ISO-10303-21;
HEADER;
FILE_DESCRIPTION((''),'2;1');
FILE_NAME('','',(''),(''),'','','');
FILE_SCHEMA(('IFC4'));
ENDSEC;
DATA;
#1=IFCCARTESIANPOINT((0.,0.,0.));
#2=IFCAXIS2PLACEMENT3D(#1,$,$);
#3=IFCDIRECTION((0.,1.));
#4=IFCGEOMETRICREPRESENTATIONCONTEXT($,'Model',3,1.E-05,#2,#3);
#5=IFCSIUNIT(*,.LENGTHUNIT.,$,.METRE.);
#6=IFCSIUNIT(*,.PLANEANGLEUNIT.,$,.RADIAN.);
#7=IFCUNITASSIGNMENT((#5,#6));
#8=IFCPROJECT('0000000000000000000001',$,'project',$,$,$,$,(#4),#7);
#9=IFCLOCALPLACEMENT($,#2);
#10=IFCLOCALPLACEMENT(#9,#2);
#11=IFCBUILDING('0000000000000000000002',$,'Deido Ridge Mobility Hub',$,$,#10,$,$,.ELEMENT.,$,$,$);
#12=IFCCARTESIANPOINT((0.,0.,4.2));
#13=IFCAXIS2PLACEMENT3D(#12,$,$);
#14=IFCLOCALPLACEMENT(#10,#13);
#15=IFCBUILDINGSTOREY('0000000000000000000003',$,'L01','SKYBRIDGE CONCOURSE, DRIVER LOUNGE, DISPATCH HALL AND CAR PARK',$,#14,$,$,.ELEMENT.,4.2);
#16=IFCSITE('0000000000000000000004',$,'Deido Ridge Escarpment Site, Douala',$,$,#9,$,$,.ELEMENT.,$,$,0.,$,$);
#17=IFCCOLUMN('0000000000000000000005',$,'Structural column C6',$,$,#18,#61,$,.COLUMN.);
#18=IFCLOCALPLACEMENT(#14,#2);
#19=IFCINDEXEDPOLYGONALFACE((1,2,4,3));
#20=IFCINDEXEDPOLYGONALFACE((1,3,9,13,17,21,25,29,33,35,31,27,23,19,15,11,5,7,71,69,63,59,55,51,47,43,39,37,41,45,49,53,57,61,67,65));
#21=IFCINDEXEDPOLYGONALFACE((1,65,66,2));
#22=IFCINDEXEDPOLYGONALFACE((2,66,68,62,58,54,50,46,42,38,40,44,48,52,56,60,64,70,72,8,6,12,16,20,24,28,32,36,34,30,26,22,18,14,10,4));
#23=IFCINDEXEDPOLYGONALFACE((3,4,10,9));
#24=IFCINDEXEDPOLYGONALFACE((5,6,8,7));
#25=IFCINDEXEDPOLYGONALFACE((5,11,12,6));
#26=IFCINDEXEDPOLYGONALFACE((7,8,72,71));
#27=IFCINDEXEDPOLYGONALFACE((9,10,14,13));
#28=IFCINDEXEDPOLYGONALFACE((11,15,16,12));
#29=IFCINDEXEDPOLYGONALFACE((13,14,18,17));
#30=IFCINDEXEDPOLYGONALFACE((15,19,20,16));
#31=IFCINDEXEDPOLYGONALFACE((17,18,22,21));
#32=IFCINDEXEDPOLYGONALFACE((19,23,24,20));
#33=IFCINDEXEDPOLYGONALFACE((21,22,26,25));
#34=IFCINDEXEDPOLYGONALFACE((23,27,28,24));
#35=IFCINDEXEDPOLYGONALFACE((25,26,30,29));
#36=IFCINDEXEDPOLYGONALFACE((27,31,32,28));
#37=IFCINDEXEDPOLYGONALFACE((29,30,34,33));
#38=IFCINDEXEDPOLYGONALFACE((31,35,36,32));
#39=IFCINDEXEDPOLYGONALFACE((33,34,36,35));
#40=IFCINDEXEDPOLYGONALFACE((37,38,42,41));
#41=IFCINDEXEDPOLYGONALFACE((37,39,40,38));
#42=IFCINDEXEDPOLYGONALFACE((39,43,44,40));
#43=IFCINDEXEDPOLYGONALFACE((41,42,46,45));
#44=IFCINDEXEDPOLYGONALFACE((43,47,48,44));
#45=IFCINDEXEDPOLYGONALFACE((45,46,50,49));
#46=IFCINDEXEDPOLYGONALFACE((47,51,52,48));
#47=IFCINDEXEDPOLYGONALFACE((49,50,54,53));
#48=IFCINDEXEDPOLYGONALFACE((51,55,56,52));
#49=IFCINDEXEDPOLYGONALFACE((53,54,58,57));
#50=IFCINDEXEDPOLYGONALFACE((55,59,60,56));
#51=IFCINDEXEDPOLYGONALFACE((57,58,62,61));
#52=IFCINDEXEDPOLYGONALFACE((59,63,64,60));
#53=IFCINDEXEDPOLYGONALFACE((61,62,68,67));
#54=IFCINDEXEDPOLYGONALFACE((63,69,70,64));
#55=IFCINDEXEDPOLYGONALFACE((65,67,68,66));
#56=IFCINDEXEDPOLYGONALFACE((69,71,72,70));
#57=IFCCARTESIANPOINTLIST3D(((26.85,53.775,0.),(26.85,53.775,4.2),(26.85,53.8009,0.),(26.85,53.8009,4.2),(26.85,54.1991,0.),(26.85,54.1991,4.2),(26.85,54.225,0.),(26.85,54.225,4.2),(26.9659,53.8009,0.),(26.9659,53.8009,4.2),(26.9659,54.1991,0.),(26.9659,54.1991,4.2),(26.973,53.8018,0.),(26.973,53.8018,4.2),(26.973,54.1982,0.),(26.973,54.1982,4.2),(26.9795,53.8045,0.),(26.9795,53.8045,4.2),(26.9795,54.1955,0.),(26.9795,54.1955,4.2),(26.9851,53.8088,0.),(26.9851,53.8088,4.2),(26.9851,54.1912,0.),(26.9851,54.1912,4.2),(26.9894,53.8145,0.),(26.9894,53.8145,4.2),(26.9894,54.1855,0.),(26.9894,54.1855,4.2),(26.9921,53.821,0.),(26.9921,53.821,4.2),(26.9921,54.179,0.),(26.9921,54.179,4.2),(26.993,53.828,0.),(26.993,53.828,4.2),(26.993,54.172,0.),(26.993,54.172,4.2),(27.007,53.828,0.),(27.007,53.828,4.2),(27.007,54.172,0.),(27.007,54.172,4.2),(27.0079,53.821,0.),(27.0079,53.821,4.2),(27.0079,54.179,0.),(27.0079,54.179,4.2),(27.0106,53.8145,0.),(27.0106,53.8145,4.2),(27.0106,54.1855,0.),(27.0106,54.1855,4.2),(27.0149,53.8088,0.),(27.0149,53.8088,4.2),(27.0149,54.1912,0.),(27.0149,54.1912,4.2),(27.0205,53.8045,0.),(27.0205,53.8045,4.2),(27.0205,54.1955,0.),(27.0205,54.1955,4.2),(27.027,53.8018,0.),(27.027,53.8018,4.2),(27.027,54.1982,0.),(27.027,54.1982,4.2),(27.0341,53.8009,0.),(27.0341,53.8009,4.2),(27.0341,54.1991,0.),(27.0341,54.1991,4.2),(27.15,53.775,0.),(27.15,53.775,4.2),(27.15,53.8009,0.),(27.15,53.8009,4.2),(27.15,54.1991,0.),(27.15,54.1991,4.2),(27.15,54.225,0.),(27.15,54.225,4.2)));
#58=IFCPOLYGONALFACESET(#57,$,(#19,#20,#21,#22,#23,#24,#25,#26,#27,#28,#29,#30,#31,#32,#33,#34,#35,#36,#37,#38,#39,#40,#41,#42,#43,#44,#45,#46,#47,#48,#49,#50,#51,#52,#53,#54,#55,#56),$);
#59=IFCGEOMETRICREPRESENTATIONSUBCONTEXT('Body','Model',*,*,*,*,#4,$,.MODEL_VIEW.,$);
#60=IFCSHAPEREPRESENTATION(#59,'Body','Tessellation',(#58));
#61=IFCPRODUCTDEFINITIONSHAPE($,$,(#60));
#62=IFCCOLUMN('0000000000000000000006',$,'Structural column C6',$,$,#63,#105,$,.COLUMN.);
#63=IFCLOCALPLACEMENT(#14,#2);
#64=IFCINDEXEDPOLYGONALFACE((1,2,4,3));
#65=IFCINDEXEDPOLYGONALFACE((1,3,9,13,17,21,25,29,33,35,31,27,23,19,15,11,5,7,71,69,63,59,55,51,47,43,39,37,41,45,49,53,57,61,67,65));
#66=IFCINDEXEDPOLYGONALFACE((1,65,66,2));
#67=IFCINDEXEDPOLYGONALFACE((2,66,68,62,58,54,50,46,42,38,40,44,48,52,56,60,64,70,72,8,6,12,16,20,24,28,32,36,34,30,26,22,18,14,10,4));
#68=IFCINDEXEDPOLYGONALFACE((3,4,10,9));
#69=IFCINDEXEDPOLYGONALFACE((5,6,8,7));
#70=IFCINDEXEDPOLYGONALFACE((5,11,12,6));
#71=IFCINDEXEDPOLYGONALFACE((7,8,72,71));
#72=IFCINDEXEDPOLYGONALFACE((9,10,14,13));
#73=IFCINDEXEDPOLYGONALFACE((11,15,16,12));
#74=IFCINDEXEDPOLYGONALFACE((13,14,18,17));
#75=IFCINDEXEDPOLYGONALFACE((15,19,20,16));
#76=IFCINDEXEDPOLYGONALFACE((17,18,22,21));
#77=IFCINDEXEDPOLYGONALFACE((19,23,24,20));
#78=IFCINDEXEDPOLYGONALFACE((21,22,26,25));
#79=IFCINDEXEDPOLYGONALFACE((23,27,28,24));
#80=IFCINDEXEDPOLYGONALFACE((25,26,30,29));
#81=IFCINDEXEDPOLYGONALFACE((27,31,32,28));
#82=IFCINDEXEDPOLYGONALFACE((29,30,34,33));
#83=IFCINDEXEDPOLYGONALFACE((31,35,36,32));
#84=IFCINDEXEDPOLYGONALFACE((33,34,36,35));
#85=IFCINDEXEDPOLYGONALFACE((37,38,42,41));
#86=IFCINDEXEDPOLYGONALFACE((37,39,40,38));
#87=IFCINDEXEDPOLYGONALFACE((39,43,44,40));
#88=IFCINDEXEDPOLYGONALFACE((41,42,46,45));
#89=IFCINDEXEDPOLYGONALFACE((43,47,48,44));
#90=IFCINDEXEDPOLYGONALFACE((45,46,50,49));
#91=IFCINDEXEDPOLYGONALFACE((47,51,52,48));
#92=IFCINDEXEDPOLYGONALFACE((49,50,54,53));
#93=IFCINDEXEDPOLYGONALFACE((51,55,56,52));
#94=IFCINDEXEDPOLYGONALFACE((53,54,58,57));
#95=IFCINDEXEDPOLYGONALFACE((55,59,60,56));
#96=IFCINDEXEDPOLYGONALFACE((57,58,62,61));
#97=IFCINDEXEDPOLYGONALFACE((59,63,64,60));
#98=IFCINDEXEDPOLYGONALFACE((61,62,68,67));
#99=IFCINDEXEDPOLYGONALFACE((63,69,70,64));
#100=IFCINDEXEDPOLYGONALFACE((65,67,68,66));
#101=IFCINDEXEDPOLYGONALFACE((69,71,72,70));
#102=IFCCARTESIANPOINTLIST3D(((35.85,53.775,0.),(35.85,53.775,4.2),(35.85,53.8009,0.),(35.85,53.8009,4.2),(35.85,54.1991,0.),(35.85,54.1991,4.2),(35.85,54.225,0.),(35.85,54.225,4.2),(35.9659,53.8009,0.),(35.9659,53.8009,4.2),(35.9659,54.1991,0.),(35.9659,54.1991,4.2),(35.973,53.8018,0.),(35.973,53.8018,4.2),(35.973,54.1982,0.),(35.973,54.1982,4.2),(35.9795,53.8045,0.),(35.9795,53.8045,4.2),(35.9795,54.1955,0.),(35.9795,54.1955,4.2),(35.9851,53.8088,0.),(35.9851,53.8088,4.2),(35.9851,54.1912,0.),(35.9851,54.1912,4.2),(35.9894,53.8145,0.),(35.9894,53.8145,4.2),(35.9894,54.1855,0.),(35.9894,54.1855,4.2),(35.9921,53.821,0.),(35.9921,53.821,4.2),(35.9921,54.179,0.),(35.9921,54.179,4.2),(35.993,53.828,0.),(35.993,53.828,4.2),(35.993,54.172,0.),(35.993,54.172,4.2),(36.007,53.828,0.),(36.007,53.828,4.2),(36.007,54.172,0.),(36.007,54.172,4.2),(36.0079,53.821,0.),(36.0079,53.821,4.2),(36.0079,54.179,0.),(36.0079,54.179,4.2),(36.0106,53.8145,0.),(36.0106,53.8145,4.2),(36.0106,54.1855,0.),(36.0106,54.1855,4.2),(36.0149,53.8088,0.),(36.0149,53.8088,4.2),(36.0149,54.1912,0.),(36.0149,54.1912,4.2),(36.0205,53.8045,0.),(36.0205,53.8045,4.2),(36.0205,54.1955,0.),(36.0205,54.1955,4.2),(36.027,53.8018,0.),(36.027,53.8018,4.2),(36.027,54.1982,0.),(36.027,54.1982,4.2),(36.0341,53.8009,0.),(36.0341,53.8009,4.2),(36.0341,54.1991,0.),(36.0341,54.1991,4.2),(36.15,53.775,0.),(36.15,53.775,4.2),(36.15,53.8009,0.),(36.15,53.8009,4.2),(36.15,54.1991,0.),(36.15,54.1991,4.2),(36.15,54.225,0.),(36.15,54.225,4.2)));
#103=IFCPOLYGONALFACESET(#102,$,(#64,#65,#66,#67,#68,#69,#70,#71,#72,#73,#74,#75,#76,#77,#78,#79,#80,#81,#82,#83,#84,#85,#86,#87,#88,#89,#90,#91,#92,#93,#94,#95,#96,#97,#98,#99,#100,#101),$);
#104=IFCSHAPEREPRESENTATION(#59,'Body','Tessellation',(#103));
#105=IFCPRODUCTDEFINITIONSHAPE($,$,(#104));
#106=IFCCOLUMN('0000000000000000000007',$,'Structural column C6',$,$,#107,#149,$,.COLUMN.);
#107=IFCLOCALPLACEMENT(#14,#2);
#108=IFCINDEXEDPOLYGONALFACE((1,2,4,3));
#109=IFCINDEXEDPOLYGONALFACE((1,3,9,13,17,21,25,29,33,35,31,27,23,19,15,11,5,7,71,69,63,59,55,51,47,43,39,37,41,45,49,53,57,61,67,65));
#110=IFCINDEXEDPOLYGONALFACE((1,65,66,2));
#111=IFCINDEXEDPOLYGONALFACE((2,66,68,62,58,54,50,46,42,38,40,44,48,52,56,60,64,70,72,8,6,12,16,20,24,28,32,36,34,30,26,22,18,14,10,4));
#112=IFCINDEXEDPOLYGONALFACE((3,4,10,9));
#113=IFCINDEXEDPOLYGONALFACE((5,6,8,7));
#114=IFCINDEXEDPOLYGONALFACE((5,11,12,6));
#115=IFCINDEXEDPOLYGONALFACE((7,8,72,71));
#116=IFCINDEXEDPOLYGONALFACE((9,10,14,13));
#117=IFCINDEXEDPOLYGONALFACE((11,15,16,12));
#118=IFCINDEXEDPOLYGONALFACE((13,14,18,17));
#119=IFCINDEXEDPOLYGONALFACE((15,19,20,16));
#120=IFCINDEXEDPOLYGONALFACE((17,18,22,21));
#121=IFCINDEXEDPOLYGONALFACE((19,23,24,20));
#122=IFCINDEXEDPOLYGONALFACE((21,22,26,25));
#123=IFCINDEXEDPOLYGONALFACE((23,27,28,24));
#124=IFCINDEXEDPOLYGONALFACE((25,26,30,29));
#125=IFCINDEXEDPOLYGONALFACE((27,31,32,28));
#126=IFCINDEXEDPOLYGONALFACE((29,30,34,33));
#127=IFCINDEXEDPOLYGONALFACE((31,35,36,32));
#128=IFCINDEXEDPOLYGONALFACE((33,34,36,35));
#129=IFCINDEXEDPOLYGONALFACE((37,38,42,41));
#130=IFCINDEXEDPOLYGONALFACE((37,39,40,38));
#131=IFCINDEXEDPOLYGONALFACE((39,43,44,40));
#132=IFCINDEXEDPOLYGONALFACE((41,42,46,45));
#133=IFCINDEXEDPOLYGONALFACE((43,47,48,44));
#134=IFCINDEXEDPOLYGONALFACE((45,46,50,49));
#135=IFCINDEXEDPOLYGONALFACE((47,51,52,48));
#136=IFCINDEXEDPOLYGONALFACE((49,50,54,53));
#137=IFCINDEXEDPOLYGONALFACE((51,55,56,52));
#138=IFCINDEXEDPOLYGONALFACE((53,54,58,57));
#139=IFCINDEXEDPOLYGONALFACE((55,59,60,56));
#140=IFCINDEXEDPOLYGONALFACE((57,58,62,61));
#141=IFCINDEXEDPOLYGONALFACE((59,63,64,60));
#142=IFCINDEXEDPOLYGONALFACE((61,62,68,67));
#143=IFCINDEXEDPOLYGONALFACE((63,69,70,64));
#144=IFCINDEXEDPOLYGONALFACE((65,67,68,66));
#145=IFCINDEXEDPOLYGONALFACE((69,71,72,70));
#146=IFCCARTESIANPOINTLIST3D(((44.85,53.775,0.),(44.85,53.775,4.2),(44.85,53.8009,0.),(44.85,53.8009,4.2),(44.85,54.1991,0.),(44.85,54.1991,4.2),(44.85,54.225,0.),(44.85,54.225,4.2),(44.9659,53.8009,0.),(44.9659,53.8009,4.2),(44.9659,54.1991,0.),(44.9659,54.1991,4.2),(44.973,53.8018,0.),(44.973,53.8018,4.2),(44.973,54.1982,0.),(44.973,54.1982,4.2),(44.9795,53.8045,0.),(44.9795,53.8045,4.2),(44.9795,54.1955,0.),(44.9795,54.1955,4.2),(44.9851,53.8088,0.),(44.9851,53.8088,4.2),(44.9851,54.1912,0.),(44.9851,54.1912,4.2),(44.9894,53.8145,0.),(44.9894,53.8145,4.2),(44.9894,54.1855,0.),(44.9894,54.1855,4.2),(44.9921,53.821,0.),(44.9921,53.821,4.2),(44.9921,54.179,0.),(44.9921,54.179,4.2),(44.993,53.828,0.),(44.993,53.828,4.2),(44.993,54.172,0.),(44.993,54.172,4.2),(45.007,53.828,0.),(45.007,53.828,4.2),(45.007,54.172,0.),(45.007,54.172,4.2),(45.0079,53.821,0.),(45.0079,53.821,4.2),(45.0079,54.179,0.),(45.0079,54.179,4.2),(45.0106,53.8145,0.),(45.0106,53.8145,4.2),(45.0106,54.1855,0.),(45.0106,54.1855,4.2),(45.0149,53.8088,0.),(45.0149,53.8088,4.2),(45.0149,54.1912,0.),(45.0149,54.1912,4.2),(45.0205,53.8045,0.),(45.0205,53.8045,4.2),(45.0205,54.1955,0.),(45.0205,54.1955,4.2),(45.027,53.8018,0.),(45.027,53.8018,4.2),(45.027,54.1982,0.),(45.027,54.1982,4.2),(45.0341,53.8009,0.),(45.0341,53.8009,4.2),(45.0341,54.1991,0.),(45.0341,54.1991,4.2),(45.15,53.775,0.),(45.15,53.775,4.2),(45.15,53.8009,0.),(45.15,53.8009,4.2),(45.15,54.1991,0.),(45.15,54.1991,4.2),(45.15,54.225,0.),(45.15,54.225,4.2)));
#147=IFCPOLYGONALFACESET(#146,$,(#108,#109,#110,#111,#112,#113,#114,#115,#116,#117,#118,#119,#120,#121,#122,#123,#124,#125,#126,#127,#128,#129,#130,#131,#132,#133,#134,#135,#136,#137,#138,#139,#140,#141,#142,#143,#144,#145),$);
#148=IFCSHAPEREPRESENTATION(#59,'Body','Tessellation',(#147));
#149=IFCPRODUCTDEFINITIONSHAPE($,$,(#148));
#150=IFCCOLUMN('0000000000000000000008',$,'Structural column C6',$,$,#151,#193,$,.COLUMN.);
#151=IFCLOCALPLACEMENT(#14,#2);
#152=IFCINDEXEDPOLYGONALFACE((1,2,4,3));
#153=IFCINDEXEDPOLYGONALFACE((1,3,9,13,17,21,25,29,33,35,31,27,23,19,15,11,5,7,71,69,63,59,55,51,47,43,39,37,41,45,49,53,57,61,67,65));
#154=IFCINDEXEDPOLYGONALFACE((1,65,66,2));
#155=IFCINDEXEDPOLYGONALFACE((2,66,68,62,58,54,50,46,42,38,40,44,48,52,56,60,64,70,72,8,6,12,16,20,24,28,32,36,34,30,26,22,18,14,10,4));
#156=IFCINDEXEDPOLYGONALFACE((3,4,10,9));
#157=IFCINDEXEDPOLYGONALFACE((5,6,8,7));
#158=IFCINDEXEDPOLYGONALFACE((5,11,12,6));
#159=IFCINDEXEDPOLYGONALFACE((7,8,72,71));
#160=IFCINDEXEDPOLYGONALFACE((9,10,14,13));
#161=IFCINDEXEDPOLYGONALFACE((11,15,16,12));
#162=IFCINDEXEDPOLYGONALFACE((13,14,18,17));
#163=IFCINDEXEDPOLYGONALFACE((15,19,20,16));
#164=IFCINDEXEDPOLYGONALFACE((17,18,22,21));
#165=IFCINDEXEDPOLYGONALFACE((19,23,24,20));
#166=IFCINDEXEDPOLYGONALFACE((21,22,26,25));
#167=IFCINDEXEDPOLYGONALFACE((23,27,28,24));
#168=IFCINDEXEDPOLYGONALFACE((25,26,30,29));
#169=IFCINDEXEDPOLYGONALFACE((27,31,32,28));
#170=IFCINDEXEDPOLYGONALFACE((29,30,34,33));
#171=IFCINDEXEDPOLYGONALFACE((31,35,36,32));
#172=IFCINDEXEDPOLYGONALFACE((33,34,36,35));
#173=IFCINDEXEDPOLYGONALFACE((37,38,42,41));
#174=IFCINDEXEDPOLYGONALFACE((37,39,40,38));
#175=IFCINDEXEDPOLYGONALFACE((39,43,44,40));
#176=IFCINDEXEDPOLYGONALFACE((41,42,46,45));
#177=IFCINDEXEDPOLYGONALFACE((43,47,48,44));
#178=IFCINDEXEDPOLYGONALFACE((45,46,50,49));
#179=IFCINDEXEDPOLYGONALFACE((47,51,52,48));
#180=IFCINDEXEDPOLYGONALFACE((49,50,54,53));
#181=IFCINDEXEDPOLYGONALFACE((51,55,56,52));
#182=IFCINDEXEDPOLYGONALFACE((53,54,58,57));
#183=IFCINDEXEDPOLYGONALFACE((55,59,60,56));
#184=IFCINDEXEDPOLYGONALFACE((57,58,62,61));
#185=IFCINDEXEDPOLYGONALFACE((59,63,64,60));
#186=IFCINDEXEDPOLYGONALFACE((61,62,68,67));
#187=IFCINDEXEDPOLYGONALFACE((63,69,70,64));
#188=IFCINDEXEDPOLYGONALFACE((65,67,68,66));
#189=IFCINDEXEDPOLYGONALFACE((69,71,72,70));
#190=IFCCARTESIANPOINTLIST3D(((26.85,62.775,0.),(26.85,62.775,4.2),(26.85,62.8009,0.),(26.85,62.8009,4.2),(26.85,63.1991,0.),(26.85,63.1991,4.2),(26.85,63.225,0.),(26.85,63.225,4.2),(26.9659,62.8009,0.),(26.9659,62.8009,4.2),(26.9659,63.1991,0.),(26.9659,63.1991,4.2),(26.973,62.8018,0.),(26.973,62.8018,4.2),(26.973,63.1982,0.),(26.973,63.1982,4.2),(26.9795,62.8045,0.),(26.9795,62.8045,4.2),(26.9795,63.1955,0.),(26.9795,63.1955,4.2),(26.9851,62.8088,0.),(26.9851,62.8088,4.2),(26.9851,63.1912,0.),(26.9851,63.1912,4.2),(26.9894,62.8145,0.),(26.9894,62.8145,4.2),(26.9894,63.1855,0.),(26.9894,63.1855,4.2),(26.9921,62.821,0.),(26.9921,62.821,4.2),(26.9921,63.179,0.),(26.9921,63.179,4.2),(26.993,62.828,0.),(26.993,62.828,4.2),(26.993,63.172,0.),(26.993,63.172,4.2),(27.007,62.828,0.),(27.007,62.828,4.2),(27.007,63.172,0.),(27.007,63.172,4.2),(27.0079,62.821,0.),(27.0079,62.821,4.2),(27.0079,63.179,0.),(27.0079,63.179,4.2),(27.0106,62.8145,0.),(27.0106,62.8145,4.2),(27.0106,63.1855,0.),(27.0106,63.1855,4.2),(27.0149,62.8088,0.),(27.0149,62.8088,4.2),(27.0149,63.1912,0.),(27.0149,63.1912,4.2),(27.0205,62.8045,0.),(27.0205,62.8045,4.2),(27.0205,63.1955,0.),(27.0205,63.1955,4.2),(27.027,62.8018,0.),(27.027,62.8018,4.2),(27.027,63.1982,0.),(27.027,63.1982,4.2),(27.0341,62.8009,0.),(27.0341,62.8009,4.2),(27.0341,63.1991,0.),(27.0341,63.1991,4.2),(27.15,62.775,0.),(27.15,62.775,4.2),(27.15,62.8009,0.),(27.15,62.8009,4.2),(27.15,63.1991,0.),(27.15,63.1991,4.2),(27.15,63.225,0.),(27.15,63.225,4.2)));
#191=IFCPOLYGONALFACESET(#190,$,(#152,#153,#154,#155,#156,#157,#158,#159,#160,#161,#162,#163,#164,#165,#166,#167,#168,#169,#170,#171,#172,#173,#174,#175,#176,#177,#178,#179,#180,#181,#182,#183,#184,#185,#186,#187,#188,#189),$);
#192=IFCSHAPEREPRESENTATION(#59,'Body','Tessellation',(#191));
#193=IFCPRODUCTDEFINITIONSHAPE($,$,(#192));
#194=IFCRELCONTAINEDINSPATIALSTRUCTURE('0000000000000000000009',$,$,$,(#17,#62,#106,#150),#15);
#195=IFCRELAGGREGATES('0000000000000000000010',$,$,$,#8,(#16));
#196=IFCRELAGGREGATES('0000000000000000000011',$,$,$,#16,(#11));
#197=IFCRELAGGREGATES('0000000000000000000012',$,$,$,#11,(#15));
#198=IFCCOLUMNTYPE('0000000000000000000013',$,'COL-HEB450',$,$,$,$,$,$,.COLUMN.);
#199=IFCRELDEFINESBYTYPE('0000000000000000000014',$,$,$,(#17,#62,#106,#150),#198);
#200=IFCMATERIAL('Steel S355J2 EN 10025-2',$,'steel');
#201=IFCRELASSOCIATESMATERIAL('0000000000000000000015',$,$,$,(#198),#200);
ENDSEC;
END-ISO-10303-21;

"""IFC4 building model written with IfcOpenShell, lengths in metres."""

from ifc_helpers import new_model, si_unit, direction, frame, origin, origin_2d, place, context, subcontext, project, spatial, i_section, extrude, material, material_profile, profile_set, type_object, element, save


model = new_model("IFC4")

# Units and contexts
model_context = context("Model", 3, precision=1e-05, world=origin(), true_north=direction((0.0, 1.0)))
body_context = subcontext(model_context, "Body", "Model", "MODEL_VIEW")
ifc_project = project(units=[si_unit("LENGTHUNIT", "METRE"), si_unit("PLANEANGLEUNIT", "RADIAN")], contexts=[model_context])

# Site, building, storey
site_placement = place(None, origin())
site = spatial("IfcSite", under=ifc_project, at=site_placement, Name="Deido Ridge Escarpment Site, Douala", CompositionType="ELEMENT", RefElevation=0.0)
building_placement = place(site_placement, origin())
building = spatial("IfcBuilding", under=site, at=building_placement, Name="Deido Ridge Mobility Hub", CompositionType="ELEMENT")
storey_placement = place(building_placement, frame((0.0, 0.0, 4.2)))
storey = spatial("IfcBuildingStorey", under=building, at=storey_placement, Name="L01", Description="SKYBRIDGE CONCOURSE, DRIVER LOUNGE, DISPATCH HALL AND CAR PARK", CompositionType="ELEMENT", Elevation=4.2)

# Columns
ifc_material_1 = material(Name="Steel S355J2 EN 10025-2", Category="steel")
ifc_material_profile_1 = material_profile(ifc_material_1, i_section(OverallWidth=0.3, OverallDepth=0.45, WebThickness=0.0139, FlangeThickness=0.0259, FilletRadius=0.0271, at=origin_2d()), Name="HEB 450")
ifc_profile_set_1 = profile_set([ifc_material_profile_1], Name="Steel S355J2 EN 10025-2")
column_type_1 = type_object("IfcColumnType", Name="COL-HEB450", PredefinedType="COLUMN", material=ifc_profile_set_1)
for number, where, z_axis, x_axis, name in (
    (1, (27.0, 54.0, 0.0), (0.0, 0.0, 1.0), (1.0, 0.0, 0.0), "Structural column C6"),
    (2, (36.0, 54.0, 0.0), (0.0, 0.0, 1.0), (1.0, 0.0, 0.0), "Structural column C6"),
    (3, (45.0, 54.0, 0.0), (0.0, 0.0, 1.0), (1.0, 0.0, 0.0), "Structural column C6"),
    (4, (27.0, 63.0, 0.0), (0.0, 0.0, 1.0), (1.0, 0.0, 0.0), "Structural column C6"),
):
    element("IfcColumn", number, at=place(storey_placement, frame(where, z_axis=z_axis, x_axis=x_axis)), inside=storey, type_object=column_type_1, Name=name, PredefinedType="COLUMN", context=body_context, shape_type="SweptSolid", body=[
        extrude(i_section(OverallWidth=0.3, OverallDepth=0.45, WebThickness=0.0139, FlangeThickness=0.0259, FilletRadius=0.0271, at=origin_2d()), origin(), (0.0, 0.0, 1.0), 4.2),
    ])

save(model, "model.ifc")
